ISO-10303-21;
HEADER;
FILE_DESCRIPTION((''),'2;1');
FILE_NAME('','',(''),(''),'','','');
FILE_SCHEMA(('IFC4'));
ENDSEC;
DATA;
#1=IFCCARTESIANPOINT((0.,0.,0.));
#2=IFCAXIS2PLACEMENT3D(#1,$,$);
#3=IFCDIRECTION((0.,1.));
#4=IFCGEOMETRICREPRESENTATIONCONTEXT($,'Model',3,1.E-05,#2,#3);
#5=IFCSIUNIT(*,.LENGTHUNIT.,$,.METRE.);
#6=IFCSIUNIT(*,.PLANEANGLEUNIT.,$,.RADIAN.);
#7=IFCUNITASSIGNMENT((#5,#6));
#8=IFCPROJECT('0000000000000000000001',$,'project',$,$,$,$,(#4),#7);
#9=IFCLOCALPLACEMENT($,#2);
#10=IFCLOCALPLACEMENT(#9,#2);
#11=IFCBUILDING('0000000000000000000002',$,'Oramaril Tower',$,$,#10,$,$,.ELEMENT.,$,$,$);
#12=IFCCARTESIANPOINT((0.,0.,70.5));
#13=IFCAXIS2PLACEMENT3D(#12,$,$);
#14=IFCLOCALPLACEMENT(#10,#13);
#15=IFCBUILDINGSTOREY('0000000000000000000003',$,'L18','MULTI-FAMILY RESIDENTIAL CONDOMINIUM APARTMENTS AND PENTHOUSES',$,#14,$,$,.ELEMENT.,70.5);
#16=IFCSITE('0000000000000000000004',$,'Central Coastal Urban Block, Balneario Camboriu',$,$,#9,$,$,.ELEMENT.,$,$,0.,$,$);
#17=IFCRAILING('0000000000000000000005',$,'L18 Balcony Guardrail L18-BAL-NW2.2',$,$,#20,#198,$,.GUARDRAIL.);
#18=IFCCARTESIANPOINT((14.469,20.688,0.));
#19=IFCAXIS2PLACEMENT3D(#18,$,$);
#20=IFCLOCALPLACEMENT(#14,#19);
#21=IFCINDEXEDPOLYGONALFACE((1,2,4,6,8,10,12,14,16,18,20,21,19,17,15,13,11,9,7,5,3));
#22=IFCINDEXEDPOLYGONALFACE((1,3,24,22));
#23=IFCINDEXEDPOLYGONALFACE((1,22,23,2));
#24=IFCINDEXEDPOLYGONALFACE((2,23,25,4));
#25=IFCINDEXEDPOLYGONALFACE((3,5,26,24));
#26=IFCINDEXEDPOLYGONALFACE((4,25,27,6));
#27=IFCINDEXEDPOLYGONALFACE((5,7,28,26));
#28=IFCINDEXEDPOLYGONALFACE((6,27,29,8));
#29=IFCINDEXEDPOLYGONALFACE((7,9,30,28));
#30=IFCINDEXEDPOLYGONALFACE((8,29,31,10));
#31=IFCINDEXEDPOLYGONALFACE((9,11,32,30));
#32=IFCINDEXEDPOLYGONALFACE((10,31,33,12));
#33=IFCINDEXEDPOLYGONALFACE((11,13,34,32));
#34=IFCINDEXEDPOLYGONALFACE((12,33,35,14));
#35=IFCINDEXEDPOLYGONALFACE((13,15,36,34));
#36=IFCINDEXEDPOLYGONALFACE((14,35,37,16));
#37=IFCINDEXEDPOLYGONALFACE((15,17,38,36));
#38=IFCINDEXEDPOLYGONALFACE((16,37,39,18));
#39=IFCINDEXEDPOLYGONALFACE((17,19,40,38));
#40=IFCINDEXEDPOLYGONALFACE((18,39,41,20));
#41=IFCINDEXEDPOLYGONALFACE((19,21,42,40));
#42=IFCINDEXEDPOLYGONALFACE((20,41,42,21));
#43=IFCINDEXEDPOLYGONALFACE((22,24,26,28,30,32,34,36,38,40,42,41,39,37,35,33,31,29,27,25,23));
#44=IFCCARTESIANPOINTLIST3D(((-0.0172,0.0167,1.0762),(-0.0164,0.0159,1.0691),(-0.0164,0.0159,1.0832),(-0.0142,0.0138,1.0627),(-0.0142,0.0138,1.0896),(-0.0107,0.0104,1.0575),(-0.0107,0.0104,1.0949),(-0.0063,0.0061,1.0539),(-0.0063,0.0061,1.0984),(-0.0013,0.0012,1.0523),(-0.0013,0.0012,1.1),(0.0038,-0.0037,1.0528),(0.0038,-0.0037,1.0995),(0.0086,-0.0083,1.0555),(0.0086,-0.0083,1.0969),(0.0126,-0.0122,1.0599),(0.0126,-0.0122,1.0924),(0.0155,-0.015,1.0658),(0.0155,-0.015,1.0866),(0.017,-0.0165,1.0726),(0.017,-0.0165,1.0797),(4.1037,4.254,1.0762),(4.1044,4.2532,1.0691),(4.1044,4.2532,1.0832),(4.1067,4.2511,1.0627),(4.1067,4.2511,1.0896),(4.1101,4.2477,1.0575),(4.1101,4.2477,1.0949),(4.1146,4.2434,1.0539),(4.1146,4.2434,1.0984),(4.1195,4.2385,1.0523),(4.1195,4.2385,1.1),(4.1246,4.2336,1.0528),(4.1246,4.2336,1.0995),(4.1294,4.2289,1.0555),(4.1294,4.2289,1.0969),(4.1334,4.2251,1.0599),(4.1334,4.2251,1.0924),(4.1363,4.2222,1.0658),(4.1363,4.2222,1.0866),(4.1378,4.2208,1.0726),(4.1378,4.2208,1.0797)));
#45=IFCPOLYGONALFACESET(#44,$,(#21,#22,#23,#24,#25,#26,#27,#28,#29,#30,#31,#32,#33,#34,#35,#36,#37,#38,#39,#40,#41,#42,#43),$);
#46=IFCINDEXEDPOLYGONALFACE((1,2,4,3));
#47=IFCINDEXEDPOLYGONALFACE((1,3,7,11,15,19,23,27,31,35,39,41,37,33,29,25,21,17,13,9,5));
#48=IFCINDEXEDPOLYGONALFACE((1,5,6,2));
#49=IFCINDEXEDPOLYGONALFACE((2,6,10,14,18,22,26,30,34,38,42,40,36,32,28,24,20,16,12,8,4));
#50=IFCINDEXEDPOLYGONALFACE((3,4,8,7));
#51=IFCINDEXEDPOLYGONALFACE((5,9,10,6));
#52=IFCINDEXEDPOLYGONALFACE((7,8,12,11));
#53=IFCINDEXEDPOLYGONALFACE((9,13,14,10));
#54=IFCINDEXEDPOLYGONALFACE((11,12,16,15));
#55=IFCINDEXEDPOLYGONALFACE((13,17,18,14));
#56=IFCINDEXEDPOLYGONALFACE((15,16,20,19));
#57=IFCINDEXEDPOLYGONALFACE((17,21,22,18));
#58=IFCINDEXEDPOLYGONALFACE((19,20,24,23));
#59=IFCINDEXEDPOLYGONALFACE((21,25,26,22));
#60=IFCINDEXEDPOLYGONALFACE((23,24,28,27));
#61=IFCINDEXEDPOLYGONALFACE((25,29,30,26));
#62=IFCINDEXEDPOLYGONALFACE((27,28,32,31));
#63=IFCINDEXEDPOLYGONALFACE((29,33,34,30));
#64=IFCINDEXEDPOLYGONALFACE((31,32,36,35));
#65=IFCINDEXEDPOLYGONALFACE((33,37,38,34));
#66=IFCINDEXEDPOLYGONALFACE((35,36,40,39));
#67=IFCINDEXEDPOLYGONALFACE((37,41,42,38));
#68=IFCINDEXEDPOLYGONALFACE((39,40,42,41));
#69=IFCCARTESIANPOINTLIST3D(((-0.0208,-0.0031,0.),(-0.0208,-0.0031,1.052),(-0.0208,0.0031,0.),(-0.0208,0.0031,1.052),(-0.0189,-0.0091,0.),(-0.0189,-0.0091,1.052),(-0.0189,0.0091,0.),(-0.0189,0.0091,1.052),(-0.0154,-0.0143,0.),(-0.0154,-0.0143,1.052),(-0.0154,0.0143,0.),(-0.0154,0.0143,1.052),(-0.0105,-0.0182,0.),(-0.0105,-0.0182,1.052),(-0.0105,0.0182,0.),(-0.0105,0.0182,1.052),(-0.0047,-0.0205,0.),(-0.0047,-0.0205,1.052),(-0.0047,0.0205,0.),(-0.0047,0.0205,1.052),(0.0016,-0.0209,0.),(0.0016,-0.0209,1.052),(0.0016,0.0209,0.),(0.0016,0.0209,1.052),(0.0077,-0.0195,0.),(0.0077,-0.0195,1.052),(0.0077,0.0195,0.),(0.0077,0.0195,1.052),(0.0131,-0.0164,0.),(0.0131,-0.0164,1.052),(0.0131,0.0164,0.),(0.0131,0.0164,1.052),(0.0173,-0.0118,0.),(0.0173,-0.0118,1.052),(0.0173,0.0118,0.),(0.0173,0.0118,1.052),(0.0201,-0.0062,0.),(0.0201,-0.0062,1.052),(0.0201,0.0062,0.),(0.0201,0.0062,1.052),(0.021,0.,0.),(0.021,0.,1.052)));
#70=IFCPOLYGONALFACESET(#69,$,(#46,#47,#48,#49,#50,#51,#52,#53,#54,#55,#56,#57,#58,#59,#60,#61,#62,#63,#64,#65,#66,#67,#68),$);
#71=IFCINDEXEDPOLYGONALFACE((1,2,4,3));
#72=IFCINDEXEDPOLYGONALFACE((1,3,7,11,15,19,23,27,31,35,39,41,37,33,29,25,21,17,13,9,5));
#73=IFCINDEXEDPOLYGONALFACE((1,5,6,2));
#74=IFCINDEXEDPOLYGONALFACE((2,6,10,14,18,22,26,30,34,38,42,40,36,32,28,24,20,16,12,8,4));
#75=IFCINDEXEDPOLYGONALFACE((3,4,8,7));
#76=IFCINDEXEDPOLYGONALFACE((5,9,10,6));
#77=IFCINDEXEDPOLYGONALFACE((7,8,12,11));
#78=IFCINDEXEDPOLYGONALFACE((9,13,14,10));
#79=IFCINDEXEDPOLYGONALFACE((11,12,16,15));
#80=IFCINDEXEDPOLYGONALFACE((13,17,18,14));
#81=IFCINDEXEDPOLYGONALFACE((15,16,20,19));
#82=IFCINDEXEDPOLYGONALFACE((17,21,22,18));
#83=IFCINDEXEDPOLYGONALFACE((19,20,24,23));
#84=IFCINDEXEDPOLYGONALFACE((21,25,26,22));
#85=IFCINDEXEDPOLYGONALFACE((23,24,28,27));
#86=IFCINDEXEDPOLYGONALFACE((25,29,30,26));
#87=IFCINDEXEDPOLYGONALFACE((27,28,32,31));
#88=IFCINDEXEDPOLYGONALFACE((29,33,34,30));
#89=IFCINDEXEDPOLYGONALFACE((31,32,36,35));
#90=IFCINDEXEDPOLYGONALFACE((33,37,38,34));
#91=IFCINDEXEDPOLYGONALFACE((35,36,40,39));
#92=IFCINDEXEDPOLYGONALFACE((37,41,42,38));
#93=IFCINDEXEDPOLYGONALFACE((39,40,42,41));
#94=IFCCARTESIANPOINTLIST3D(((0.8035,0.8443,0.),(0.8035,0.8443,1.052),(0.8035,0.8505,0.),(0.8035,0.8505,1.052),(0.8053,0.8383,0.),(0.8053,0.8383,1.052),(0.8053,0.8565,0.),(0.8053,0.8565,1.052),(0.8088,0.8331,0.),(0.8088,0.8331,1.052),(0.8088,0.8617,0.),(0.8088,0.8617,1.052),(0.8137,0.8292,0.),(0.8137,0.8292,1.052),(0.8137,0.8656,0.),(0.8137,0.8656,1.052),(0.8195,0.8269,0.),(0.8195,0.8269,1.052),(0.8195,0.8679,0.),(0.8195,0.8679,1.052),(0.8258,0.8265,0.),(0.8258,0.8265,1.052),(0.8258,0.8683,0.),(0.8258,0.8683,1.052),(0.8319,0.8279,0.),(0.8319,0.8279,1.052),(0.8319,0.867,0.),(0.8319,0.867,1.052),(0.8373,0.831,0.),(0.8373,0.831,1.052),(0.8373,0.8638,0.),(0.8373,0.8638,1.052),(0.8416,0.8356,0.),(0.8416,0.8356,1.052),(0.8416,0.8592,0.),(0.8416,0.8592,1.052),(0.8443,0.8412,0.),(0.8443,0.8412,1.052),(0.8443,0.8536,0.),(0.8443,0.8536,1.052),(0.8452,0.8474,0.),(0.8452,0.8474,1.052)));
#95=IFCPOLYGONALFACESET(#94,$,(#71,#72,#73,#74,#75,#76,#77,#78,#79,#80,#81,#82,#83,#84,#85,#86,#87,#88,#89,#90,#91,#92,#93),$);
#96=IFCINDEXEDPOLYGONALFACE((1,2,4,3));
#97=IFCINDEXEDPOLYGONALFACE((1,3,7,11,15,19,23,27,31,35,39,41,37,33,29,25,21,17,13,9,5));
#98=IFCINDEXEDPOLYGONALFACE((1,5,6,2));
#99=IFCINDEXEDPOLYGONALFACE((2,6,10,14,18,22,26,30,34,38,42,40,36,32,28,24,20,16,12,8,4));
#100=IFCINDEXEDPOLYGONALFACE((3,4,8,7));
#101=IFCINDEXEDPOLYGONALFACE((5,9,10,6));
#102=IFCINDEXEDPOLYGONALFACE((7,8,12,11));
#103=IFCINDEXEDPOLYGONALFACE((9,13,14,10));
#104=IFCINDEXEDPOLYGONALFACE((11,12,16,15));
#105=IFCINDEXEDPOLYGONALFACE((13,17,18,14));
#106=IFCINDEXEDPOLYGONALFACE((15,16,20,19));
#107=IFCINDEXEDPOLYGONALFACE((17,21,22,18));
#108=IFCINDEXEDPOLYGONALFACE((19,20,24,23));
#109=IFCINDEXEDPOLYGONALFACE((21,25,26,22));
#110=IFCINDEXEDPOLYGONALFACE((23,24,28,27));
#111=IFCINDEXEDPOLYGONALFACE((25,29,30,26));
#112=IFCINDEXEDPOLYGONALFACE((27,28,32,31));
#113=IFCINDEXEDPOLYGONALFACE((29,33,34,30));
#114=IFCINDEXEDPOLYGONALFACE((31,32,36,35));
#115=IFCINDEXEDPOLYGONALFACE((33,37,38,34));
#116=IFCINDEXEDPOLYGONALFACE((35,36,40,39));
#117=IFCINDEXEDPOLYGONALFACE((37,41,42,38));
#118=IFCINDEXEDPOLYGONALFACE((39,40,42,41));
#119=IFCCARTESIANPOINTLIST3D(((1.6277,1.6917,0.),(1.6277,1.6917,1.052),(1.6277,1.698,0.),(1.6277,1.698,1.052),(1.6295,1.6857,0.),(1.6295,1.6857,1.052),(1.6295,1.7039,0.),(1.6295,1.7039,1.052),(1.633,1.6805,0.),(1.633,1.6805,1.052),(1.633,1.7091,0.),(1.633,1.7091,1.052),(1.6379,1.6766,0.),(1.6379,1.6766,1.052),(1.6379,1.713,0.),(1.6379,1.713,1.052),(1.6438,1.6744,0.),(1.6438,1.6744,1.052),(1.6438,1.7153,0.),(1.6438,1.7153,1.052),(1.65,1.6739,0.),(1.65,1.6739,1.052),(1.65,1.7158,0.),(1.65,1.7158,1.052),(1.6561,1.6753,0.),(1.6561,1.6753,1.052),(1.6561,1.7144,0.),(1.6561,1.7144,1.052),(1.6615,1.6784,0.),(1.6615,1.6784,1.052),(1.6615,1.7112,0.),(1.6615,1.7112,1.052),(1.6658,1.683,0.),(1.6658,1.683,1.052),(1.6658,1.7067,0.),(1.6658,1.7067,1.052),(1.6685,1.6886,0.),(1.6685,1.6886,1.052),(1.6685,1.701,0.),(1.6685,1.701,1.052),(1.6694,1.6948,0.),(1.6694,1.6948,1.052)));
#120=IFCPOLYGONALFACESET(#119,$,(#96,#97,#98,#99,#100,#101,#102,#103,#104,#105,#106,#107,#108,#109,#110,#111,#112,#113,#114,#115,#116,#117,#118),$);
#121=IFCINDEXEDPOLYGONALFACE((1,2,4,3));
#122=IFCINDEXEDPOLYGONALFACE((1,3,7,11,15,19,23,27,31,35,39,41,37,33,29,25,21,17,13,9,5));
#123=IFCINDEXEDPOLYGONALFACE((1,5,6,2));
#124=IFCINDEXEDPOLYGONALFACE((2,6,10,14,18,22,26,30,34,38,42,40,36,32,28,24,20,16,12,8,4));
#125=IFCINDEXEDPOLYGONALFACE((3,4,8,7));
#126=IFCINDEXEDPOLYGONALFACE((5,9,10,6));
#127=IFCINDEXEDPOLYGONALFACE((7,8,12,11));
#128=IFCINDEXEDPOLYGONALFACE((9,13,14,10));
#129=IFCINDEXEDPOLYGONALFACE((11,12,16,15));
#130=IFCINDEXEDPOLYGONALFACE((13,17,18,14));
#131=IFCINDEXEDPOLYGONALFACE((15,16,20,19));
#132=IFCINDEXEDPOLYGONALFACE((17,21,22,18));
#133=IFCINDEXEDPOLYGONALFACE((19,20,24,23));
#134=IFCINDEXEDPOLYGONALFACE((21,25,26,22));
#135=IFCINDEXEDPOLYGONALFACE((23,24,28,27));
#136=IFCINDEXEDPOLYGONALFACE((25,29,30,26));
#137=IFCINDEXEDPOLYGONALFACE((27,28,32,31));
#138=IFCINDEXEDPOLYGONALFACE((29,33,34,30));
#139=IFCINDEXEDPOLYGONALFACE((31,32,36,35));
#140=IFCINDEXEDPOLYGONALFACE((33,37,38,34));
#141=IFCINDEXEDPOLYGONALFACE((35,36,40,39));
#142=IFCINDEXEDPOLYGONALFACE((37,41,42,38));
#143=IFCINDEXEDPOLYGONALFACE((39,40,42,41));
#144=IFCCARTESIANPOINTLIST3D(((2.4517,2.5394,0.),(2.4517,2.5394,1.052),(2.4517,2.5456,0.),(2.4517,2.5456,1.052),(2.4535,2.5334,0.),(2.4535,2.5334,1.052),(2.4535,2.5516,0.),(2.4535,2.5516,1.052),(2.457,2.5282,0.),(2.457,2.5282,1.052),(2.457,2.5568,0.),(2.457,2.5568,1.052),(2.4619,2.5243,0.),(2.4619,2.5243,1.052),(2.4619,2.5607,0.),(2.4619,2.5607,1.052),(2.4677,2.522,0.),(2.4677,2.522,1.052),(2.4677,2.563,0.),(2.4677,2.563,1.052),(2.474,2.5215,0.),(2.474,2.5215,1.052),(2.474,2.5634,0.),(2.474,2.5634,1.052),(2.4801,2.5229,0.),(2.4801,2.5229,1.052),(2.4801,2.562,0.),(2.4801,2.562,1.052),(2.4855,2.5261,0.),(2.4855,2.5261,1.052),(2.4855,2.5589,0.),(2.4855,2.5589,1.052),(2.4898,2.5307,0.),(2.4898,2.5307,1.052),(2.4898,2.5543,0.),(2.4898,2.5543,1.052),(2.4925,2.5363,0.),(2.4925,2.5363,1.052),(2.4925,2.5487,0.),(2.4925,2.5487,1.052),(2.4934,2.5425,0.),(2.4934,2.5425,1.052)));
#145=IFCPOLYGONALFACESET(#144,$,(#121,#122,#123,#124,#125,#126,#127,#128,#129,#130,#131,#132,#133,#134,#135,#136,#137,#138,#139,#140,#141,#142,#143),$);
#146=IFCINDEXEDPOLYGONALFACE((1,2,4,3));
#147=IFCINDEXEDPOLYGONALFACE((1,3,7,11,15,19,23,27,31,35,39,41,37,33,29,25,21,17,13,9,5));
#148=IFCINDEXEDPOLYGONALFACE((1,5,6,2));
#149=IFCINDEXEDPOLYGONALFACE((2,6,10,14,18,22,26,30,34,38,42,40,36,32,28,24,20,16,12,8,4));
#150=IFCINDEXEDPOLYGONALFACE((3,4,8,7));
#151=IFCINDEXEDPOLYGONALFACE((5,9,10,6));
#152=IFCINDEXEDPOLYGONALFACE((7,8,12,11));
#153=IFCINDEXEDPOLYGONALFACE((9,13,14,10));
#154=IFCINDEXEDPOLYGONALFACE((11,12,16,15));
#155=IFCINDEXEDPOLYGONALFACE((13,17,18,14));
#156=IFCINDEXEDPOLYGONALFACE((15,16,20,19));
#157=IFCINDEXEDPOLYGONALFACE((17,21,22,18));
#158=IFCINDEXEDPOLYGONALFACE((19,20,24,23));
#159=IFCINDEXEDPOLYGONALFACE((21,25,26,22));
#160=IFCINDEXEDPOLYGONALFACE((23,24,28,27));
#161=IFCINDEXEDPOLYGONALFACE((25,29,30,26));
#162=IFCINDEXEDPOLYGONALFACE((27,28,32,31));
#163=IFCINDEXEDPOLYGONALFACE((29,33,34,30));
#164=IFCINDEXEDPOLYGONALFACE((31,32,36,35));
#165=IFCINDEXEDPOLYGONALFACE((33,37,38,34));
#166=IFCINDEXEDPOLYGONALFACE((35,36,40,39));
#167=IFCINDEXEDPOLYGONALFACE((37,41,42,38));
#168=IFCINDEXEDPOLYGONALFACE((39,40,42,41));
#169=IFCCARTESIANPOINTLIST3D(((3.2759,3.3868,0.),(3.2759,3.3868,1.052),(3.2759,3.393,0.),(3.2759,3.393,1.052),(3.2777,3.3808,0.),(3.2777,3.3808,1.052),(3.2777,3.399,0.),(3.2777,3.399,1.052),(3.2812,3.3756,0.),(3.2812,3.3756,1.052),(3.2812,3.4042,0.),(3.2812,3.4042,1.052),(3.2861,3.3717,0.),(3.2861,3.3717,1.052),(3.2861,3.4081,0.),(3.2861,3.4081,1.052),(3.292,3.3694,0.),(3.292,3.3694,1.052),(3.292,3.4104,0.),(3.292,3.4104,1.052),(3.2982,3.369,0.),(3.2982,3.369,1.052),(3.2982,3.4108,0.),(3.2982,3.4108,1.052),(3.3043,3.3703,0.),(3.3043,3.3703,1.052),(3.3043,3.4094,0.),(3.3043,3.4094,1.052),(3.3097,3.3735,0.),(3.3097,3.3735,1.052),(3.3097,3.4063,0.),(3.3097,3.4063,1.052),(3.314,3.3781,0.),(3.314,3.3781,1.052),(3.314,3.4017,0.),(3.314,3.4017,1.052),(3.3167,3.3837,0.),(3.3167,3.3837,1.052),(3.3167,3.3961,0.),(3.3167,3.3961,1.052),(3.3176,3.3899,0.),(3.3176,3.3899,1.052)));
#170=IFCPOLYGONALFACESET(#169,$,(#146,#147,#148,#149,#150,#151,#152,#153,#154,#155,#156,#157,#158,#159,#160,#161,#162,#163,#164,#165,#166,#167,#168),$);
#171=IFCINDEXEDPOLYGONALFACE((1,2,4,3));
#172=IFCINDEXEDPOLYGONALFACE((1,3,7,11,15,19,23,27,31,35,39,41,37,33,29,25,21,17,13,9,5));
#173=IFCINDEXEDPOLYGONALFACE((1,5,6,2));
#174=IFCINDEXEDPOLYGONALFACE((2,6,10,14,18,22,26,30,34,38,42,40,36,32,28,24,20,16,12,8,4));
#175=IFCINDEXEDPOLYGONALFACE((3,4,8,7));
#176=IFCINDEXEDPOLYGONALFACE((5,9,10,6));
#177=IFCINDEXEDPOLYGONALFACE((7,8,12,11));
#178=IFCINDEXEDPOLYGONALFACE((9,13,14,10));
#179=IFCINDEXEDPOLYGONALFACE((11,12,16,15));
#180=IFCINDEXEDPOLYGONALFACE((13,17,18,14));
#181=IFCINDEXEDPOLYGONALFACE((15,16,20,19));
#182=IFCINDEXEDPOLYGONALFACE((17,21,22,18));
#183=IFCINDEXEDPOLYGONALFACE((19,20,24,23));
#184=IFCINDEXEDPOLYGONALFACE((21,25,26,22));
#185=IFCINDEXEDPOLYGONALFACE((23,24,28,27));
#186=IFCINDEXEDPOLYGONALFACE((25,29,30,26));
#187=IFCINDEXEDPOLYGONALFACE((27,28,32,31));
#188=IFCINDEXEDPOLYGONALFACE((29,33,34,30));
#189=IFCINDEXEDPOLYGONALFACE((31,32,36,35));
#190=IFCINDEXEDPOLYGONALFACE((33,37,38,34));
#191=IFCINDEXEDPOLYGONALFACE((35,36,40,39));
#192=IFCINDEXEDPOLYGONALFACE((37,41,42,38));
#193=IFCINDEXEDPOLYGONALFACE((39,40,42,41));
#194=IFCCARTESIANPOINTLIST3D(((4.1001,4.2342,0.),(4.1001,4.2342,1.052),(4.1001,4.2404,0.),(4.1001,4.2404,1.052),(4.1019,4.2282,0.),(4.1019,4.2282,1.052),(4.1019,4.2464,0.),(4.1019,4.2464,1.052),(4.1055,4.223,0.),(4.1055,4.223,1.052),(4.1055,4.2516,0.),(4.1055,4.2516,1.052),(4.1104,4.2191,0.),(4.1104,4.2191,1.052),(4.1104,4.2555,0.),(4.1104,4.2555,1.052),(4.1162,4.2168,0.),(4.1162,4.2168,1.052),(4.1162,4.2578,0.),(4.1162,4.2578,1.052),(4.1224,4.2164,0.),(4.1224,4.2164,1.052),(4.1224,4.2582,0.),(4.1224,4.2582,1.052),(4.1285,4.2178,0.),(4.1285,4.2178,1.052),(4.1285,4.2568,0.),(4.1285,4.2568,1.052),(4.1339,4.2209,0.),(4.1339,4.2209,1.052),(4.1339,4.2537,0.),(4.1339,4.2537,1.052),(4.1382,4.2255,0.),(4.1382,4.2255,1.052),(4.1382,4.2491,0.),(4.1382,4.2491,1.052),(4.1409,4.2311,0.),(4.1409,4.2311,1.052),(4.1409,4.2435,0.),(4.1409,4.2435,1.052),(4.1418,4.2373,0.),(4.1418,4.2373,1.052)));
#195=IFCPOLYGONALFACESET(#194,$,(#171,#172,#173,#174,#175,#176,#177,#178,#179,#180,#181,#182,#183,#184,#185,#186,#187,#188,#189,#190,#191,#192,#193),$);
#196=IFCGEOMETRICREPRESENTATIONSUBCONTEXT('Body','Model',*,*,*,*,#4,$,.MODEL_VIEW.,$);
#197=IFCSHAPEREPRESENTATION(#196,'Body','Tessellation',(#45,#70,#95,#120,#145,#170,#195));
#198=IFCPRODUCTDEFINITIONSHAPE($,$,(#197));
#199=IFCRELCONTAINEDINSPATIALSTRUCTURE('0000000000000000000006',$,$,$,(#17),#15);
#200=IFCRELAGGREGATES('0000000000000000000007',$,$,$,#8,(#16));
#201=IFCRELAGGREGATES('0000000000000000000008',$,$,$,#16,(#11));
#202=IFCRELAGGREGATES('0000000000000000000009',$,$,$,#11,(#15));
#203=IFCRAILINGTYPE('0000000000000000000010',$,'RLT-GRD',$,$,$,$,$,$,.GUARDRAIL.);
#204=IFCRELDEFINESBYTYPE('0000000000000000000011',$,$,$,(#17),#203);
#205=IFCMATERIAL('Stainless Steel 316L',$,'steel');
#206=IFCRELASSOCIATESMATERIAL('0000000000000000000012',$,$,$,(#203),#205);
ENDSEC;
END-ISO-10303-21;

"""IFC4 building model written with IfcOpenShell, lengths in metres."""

from ifc_helpers import new_model, si_unit, direction, frame, origin, origin_2d, place, context, subcontext, project, spatial, circle, extrude, material, type_object, element, save


model = new_model("IFC4")

# Units and contexts
model_context = context("Model", 3, precision=1e-05, world=origin(), true_north=direction((0.0, 1.0)))
body_context = subcontext(model_context, "Body", "Model", "MODEL_VIEW")
ifc_project = project(units=[si_unit("LENGTHUNIT", "METRE"), si_unit("PLANEANGLEUNIT", "RADIAN")], contexts=[model_context])

# Site, building, storey
site_placement = place(None, origin())
site = spatial("IfcSite", under=ifc_project, at=site_placement, Name="Central Coastal Urban Block, Balneario Camboriu", CompositionType="ELEMENT", RefElevation=0.0)
building_placement = place(site_placement, origin())
building = spatial("IfcBuilding", under=site, at=building_placement, Name="Oramaril Tower", CompositionType="ELEMENT")
storey_placement = place(building_placement, frame((0.0, 0.0, 70.5)))
storey = spatial("IfcBuildingStorey", under=building, at=storey_placement, Name="L18", Description="MULTI-FAMILY RESIDENTIAL CONDOMINIUM APARTMENTS AND PENTHOUSES", CompositionType="ELEMENT", Elevation=70.5)

# Railing
ifc_material_1 = material(Name="Stainless Steel 316L", Category="steel")
railing_type = type_object("IfcRailingType", Name="RLT-GRD", PredefinedType="GUARDRAIL", material=ifc_material_1)
railing_1_placement = place(storey_placement, frame((14.469, 20.688, 0.0)))
element("IfcRailing", 1, at=railing_1_placement, inside=storey, type_object=railing_type, Name="L18 Balcony Guardrail L18-BAL-NW2.2", PredefinedType="GUARDRAIL", context=body_context, shape_type="SweptSolid", body=[
    extrude(circle(Radius=0.0239, at=origin_2d()), frame((0.0, 0.0, 1.0762), z_axis=(0.697187, 0.716889, 0.0), x_axis=(-0.716889, 0.697187, 0.0)), (0.0, 0.0, 1.0), 5.9106),
    extrude(circle(Radius=0.021, at=origin_2d()), origin(), (0.0, 0.0, 1.0), 1.052),
    extrude(circle(Radius=0.021, at=origin_2d()), frame((0.8242, 0.8474, 0.0)), (0.0, 0.0, 1.0), 1.052),
    extrude(circle(Radius=0.021, at=origin_2d()), frame((1.6484, 1.6948, 0.0)), (0.0, 0.0, 1.0), 1.052),
    extrude(circle(Radius=0.021, at=origin_2d()), frame((2.4724, 2.5425, 0.0)), (0.0, 0.0, 1.0), 1.052),
    extrude(circle(Radius=0.021, at=origin_2d()), frame((3.2966, 3.3899, 0.0)), (0.0, 0.0, 1.0), 1.052),
    extrude(circle(Radius=0.021, at=origin_2d()), frame((4.1208, 4.2373, 0.0)), (0.0, 0.0, 1.0), 1.052),
])

save(model, "model.ifc")
